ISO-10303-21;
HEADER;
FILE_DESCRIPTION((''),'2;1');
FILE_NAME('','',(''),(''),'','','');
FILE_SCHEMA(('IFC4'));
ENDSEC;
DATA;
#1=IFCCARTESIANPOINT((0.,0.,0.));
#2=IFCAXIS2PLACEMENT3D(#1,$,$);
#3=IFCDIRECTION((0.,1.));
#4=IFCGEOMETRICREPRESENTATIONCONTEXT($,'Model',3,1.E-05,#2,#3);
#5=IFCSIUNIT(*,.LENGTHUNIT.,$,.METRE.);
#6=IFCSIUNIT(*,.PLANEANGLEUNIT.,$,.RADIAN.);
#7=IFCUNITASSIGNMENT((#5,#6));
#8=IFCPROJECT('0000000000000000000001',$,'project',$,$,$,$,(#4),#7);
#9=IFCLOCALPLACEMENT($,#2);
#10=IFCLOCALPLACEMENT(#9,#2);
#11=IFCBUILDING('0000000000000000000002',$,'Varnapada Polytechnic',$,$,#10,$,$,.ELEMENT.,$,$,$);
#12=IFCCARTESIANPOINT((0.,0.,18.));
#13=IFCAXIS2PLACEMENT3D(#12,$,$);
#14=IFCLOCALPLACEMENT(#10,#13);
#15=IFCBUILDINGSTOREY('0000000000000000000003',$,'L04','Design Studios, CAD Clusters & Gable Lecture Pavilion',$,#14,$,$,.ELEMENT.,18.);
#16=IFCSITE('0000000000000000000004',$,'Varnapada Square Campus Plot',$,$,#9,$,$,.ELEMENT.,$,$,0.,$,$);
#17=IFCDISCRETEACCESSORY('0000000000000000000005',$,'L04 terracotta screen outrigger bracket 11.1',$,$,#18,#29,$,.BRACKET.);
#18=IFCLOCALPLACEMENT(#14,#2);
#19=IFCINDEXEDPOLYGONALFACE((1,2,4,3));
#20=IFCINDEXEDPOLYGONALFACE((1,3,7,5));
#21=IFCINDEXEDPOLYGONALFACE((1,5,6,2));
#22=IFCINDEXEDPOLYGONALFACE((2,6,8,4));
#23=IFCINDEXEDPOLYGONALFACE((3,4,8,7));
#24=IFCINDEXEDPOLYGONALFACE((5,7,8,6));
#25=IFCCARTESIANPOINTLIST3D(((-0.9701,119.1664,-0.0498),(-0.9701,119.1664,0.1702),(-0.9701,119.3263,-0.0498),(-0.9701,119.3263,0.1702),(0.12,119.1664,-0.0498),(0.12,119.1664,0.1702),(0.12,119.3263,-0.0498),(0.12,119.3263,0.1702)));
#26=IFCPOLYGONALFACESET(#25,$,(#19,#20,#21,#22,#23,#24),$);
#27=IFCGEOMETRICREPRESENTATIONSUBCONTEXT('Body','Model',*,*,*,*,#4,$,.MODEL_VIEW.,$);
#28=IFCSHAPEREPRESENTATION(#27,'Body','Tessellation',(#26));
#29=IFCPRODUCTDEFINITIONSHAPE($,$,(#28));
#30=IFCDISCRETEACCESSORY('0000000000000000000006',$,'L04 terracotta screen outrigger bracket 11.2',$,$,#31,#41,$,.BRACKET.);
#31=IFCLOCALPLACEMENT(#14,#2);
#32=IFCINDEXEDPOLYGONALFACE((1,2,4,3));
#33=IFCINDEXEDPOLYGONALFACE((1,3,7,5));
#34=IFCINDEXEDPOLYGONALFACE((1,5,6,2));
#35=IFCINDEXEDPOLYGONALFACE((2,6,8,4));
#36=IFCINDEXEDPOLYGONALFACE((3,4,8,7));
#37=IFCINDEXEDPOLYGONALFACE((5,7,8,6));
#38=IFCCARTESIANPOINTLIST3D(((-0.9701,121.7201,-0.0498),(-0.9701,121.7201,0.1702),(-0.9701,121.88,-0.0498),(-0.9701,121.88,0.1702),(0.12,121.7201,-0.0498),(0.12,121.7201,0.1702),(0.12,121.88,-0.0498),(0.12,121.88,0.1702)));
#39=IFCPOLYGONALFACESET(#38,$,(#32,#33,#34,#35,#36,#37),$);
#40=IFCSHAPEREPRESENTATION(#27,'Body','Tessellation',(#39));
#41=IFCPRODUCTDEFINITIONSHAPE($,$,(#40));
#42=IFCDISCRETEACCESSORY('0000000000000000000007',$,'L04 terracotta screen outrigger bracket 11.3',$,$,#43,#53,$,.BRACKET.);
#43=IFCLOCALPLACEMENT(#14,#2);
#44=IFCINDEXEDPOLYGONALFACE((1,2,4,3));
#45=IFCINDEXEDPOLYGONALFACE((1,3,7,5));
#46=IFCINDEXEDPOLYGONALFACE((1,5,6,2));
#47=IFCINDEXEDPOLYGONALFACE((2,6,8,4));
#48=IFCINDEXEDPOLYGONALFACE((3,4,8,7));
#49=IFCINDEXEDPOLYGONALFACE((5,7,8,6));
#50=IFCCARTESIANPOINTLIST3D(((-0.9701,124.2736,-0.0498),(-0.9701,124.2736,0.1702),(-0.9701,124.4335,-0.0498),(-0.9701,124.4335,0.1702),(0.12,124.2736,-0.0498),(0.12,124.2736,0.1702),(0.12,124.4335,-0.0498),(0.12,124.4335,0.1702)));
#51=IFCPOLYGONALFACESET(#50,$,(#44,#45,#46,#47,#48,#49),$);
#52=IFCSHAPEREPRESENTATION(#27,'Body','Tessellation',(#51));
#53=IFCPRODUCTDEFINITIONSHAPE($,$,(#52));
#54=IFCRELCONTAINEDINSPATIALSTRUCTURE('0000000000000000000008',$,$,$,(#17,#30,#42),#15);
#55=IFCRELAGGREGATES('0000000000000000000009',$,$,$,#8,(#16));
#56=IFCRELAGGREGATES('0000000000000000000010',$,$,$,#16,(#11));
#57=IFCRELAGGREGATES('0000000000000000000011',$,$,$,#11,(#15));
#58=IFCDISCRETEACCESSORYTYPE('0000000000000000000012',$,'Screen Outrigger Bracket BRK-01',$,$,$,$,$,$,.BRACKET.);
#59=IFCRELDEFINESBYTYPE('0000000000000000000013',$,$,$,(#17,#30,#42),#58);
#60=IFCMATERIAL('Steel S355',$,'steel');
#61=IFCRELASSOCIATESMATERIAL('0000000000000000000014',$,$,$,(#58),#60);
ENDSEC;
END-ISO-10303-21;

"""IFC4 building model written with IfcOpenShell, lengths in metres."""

from ifc_helpers import new_model, si_unit, direction, frame, origin, origin_2d, place, context, subcontext, project, spatial, rectangle, extrude, material, type_object, element, save


model = new_model("IFC4")

# Units and contexts
model_context = context("Model", 3, precision=1e-05, world=origin(), true_north=direction((0.0, 1.0)))
body_context = subcontext(model_context, "Body", "Model", "MODEL_VIEW")
ifc_project = project(units=[si_unit("LENGTHUNIT", "METRE"), si_unit("PLANEANGLEUNIT", "RADIAN")], contexts=[model_context])

# Site, building, storey
site_placement = place(None, origin())
site = spatial("IfcSite", under=ifc_project, at=site_placement, Name="Varnapada Square Campus Plot", CompositionType="ELEMENT", RefElevation=0.0)
building_placement = place(site_placement, origin())
building = spatial("IfcBuilding", under=site, at=building_placement, Name="Varnapada Polytechnic", CompositionType="ELEMENT")
storey_placement = place(building_placement, frame((0.0, 0.0, 18.0)))
storey = spatial("IfcBuildingStorey", under=building, at=storey_placement, Name="L04", Description="Design Studios, CAD Clusters & Gable Lecture Pavilion", CompositionType="ELEMENT", Elevation=18.0)

# Discrete accessories
ifc_material_1 = material(Name="Steel S355", Category="steel")
discrete_accessory_type = type_object("IfcDiscreteAccessoryType", Name="Screen Outrigger Bracket BRK-01", PredefinedType="BRACKET", material=ifc_material_1)
for number, where, z_axis, x_axis, name in (
    (1, (-0.425, 119.2463, -0.0498), (0.0, 0.0, 1.0), (0.0, 1.0, 0.0), "L04 terracotta screen outrigger bracket 11.1"),
    (2, (-0.425, 121.8, -0.0498), (0.0, 0.0, 1.0), (0.0, 1.0, 0.0), "L04 terracotta screen outrigger bracket 11.2"),
    (3, (-0.425, 124.3535, -0.0498), (0.0, 0.0, 1.0), (0.0, 1.0, 0.0), "L04 terracotta screen outrigger bracket 11.3"),
):
    element("IfcDiscreteAccessory", number, at=place(storey_placement, frame(where, z_axis=z_axis, x_axis=x_axis)), inside=storey, type_object=discrete_accessory_type, Name=name, PredefinedType="BRACKET", context=body_context, shape_type="SweptSolid", body=[
        extrude(rectangle(XDim=0.1599, YDim=1.0901, at=origin_2d()), origin(), (0.0, 0.0, 1.0), 0.22),
    ])

save(model, "model.ifc")
